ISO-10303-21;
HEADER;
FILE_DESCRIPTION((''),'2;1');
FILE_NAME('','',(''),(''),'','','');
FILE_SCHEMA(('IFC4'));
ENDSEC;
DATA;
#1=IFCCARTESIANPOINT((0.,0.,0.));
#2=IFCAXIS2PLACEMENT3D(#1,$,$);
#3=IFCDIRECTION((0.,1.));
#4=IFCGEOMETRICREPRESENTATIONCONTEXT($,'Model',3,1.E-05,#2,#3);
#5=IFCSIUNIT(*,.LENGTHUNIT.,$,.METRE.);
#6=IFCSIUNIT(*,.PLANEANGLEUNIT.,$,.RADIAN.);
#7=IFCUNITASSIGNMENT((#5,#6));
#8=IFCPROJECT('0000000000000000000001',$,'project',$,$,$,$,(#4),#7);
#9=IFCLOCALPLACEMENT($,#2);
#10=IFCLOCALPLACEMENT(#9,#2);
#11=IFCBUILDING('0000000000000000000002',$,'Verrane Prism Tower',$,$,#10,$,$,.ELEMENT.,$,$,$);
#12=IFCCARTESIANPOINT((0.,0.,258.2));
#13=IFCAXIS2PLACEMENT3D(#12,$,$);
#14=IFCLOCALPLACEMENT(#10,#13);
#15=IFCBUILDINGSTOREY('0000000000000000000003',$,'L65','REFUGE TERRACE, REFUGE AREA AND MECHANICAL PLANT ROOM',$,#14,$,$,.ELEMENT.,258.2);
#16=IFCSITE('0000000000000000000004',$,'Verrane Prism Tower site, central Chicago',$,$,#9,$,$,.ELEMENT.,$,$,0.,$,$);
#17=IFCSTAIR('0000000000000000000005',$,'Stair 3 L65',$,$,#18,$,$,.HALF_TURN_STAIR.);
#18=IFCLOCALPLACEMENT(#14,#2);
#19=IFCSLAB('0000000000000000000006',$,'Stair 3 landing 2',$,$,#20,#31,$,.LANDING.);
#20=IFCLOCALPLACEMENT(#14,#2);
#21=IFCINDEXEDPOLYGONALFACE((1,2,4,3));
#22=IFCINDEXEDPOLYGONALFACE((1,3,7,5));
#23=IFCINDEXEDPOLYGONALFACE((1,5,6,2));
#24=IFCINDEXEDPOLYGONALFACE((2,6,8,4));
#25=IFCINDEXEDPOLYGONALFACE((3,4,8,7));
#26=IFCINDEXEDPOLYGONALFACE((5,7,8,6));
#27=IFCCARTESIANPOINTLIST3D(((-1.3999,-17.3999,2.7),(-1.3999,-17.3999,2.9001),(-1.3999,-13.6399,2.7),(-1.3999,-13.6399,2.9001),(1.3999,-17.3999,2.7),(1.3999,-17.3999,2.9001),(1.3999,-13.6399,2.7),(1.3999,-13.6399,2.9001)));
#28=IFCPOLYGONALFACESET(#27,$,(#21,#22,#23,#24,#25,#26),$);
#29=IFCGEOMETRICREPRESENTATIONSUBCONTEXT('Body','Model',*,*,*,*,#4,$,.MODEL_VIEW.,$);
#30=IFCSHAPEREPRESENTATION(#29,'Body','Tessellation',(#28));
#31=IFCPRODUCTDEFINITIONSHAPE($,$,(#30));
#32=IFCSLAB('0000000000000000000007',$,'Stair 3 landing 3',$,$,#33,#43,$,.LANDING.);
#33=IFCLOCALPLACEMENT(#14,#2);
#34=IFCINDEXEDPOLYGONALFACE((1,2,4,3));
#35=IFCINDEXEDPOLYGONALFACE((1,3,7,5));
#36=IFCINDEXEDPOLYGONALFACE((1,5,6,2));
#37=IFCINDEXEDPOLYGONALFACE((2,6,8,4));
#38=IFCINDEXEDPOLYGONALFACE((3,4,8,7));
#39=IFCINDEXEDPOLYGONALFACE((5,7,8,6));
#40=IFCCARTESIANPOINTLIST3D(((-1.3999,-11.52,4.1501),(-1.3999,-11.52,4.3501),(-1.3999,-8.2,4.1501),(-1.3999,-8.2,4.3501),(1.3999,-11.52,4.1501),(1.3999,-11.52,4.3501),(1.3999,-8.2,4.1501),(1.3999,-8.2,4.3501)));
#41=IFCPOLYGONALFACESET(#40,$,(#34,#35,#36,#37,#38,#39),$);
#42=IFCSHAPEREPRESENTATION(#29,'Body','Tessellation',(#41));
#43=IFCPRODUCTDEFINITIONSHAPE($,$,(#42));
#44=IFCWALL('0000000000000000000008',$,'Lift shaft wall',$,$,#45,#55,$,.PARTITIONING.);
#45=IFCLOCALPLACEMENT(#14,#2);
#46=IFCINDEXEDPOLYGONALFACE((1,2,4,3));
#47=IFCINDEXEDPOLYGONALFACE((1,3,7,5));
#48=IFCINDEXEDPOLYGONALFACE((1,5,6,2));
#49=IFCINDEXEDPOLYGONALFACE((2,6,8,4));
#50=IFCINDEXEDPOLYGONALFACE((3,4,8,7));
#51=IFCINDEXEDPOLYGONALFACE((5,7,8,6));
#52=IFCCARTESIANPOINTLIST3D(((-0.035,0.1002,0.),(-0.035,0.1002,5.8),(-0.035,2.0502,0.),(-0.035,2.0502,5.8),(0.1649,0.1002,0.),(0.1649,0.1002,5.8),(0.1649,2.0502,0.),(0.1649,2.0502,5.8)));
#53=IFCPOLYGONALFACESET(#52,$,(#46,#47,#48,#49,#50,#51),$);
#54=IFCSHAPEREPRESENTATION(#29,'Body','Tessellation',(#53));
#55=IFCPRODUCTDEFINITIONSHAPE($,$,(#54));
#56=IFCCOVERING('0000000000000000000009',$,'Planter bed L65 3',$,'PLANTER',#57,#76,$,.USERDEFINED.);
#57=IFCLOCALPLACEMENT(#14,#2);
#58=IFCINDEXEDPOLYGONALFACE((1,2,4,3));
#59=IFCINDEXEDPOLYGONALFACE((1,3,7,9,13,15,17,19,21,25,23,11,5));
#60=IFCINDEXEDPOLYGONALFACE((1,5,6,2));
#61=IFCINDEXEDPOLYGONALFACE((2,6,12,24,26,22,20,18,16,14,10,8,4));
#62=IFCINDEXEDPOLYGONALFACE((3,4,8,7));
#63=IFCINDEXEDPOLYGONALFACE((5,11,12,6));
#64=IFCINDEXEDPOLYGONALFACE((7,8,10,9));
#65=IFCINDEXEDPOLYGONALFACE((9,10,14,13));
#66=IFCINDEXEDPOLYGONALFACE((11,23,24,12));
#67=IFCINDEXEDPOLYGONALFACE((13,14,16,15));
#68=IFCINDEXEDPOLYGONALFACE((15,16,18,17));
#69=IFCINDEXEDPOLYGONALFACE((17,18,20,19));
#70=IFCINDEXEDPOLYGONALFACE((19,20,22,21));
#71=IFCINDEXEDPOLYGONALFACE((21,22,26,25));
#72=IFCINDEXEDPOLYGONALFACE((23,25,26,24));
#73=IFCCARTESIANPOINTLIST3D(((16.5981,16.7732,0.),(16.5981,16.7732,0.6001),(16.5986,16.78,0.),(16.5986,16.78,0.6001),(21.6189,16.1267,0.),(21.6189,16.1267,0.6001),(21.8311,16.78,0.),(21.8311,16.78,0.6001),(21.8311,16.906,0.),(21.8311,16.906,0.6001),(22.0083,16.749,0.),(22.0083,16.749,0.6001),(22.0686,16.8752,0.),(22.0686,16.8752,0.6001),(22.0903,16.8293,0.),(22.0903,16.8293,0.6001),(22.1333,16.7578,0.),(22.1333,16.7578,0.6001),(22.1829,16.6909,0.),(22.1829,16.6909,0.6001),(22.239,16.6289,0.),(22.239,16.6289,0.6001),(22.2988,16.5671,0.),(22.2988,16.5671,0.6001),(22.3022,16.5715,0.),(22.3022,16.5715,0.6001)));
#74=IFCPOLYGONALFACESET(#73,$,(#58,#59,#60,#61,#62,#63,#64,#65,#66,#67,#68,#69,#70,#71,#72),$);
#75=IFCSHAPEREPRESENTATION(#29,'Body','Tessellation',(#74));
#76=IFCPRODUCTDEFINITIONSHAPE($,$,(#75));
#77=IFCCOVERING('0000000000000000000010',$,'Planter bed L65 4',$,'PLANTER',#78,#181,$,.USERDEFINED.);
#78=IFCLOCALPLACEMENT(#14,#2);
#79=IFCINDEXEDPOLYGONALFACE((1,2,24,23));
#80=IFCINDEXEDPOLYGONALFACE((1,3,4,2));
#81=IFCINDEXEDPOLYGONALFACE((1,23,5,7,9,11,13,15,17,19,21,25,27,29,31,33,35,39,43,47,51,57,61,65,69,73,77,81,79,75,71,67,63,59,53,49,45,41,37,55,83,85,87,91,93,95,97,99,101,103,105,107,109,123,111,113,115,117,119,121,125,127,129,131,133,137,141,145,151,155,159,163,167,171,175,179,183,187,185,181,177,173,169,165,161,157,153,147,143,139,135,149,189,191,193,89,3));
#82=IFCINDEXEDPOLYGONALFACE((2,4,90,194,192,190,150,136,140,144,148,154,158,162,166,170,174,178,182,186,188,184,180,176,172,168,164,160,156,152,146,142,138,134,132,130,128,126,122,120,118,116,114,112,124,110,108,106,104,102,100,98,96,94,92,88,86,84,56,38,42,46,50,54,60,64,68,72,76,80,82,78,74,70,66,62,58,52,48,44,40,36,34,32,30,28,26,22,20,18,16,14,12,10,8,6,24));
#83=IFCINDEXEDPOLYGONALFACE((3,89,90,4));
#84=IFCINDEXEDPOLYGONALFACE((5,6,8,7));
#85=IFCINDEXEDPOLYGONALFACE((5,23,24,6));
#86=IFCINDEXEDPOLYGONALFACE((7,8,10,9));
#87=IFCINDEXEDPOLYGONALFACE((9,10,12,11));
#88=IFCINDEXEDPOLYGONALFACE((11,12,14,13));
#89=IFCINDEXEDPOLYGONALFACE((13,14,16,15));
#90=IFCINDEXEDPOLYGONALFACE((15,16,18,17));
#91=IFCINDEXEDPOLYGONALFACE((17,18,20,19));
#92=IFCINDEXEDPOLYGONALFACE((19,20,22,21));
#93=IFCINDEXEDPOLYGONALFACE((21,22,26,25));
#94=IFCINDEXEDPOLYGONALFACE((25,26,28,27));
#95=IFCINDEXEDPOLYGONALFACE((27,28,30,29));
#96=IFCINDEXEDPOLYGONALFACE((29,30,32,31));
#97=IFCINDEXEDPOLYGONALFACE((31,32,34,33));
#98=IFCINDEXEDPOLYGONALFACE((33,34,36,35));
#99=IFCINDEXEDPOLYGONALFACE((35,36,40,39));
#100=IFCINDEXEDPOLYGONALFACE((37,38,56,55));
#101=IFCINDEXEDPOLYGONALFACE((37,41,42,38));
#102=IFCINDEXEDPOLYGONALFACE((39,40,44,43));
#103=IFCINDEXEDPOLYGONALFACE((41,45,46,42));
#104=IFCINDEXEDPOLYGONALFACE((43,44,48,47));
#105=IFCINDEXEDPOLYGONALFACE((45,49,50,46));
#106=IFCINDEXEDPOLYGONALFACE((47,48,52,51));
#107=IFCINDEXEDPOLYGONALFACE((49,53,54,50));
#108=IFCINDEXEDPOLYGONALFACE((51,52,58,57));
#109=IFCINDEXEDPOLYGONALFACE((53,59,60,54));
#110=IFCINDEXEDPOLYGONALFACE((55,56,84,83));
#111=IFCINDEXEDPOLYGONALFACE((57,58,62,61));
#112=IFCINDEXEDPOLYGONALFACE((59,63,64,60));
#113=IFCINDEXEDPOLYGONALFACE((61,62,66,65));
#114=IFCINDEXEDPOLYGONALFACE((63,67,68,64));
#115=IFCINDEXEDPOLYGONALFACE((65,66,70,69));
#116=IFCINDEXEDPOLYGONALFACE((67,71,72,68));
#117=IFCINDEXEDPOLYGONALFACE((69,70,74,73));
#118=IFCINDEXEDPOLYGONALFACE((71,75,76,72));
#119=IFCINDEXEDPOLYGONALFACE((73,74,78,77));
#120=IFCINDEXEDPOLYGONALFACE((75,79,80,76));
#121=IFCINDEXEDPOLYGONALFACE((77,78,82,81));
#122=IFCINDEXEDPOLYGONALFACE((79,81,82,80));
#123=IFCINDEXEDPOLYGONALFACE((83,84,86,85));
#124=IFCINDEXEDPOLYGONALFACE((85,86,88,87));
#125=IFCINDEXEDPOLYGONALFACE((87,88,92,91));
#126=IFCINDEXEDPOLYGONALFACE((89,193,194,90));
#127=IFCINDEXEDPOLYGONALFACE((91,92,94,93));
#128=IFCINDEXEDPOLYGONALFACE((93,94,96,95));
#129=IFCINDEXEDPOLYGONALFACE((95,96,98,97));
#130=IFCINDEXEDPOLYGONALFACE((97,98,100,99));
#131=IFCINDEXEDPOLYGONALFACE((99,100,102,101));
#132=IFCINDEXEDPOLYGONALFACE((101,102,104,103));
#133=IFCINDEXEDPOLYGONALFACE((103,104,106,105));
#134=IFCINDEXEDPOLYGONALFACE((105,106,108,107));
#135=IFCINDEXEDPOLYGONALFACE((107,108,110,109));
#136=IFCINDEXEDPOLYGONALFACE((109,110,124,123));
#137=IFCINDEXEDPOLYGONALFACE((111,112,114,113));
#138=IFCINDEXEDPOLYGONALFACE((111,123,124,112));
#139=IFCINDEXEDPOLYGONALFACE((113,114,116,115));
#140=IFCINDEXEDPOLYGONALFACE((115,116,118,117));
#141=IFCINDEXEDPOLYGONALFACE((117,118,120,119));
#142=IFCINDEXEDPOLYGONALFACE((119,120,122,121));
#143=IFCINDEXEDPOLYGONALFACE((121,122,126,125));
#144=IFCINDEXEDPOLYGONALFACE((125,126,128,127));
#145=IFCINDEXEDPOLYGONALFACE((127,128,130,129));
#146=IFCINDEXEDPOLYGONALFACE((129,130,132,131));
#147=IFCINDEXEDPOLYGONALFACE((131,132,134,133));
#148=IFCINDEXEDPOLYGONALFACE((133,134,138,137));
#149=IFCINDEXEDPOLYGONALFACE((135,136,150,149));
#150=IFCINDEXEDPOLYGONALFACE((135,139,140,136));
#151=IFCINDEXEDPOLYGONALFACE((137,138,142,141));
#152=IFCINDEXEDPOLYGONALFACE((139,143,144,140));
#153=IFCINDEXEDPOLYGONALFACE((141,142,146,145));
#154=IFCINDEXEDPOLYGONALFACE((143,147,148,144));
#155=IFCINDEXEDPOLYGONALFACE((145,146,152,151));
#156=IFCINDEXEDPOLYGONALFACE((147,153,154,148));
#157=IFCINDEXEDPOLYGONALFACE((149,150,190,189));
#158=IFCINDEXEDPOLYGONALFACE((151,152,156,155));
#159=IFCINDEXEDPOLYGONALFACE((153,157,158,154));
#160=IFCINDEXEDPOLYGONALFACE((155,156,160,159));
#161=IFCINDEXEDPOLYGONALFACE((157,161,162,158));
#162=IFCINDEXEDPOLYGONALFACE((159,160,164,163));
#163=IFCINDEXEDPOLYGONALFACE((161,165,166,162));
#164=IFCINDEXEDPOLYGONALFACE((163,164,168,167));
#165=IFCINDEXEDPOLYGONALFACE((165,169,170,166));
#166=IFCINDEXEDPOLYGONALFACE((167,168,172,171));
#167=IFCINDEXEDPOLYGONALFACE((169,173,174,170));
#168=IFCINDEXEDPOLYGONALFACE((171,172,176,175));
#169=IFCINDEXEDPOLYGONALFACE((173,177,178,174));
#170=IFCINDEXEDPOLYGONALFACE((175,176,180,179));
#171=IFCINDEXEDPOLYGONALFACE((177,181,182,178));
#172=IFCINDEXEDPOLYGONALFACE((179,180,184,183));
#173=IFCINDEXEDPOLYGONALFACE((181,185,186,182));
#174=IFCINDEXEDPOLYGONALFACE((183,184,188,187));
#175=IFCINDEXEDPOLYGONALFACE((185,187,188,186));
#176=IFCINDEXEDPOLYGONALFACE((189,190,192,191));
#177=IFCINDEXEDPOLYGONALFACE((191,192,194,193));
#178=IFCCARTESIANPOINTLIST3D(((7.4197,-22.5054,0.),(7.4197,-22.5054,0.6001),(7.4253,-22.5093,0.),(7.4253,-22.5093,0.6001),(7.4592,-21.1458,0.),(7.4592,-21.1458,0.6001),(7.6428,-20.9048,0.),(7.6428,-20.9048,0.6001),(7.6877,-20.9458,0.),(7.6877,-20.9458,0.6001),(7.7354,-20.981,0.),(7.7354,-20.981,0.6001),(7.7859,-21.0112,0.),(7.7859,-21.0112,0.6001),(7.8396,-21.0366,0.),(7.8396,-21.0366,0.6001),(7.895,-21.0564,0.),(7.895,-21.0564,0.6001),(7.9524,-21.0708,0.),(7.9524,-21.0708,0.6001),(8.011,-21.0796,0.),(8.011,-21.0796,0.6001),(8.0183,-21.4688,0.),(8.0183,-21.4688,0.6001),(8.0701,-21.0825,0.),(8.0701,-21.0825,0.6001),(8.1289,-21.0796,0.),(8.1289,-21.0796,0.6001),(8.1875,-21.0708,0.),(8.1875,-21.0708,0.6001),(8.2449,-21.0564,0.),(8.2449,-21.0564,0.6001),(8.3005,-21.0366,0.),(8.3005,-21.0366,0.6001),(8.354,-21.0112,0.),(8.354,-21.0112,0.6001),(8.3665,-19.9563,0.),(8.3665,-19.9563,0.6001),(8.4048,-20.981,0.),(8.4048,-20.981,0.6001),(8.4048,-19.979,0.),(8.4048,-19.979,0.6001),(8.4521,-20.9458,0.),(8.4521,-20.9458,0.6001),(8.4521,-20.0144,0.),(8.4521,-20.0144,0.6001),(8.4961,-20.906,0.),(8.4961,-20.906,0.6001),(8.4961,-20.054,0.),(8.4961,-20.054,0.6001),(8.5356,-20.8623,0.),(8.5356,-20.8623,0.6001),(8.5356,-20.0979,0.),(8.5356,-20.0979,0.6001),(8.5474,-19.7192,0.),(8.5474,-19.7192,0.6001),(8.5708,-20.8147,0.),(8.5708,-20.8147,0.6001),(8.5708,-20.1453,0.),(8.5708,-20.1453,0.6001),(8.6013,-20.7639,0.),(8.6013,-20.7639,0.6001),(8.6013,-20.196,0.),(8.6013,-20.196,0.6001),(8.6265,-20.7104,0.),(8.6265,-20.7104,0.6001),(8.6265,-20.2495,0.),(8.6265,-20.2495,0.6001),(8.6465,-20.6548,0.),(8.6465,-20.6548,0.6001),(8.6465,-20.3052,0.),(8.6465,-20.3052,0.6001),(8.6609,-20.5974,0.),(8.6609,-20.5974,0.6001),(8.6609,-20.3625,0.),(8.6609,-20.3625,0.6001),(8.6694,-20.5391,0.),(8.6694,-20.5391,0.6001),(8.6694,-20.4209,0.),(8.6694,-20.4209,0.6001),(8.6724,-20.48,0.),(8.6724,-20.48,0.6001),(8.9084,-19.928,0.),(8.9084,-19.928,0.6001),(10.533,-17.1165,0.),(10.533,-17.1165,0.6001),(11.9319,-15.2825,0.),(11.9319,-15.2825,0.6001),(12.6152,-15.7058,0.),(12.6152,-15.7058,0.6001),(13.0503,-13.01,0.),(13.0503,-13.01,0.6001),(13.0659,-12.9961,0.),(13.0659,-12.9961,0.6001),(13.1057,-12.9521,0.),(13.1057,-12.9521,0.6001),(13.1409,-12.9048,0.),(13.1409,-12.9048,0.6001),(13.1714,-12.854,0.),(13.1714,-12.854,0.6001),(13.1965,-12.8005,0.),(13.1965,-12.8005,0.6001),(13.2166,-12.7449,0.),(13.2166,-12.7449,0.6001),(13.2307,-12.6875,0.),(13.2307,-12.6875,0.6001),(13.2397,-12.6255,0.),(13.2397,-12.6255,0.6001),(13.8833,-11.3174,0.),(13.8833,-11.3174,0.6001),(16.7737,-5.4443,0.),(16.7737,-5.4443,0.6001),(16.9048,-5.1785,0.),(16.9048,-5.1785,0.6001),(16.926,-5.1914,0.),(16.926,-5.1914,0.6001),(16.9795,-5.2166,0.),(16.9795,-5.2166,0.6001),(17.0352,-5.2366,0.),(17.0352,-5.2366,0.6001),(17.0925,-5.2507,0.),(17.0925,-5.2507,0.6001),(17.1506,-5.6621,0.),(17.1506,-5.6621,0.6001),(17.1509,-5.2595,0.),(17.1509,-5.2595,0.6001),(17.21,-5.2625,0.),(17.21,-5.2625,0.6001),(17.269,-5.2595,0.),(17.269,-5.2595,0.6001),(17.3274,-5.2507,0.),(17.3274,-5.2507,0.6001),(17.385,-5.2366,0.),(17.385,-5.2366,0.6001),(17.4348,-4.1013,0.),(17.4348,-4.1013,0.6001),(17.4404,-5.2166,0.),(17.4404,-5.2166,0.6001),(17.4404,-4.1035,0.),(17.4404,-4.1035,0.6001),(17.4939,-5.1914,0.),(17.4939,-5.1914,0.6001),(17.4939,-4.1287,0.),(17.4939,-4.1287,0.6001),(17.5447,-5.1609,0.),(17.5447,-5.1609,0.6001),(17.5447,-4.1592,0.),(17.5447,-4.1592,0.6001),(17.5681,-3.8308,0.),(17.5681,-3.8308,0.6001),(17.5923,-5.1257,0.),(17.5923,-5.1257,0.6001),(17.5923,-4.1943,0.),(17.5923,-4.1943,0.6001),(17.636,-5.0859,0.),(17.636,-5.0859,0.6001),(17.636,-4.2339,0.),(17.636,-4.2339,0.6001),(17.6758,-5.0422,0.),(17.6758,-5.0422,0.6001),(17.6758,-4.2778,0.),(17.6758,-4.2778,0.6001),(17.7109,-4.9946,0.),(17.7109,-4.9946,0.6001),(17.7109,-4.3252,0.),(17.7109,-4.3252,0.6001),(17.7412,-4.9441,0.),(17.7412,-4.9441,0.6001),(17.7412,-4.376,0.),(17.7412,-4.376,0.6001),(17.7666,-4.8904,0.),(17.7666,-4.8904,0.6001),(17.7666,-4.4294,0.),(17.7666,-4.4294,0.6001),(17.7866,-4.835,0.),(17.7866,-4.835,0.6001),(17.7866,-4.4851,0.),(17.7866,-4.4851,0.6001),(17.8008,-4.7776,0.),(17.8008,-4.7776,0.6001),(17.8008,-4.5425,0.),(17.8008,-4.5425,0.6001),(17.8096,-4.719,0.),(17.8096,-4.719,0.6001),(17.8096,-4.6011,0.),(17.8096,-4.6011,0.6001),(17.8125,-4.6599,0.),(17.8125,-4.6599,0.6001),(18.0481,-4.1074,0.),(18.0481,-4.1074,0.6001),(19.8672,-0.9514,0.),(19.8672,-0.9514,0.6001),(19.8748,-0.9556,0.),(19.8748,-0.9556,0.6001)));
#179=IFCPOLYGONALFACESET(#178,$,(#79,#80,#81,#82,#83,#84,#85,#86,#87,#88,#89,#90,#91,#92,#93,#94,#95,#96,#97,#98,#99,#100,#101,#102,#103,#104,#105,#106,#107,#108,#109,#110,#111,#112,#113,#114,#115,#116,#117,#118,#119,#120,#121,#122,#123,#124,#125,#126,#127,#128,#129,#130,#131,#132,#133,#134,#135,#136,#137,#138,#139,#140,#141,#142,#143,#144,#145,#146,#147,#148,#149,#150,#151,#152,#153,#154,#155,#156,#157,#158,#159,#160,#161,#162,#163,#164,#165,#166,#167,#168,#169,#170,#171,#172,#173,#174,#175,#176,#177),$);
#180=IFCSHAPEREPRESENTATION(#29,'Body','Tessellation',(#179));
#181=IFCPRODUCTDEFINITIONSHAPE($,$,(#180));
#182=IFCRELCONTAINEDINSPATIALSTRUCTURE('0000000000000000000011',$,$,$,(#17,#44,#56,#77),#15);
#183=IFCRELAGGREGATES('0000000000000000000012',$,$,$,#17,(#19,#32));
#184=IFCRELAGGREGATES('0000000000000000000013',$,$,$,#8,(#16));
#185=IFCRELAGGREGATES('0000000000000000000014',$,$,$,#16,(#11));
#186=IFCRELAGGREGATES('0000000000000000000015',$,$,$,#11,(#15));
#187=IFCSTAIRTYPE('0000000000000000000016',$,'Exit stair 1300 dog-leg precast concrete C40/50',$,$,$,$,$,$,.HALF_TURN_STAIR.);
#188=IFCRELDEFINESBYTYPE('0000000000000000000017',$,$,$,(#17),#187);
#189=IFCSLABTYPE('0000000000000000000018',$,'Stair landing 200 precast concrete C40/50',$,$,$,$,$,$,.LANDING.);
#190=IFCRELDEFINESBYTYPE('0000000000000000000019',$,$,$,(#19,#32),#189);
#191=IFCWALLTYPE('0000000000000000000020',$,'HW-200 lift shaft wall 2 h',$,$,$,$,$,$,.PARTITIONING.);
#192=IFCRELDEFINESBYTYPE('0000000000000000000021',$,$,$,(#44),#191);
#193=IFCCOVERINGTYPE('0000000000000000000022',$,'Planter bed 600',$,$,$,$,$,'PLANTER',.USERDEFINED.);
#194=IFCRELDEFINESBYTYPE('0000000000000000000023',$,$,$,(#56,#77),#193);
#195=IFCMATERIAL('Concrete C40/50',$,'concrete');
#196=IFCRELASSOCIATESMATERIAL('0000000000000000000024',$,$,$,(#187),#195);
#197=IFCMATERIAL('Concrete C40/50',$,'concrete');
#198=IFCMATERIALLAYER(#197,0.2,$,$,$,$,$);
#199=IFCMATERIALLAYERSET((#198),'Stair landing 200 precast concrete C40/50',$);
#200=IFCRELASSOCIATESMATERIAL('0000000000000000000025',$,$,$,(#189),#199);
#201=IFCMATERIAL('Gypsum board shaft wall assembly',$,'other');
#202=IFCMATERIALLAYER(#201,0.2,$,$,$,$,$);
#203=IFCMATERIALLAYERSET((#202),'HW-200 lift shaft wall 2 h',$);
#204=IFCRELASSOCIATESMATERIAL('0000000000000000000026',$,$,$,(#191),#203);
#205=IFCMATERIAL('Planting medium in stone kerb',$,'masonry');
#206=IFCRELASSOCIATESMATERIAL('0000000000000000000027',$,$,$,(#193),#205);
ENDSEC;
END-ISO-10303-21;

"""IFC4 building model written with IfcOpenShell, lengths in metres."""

from ifc_helpers import new_model, si_unit, direction, frame, frame_2d, origin, place, context, subcontext, project, spatial, polyline, rectangle, outline, extrude, material, layer, layer_set, type_object, element, aggregate, save


model = new_model("IFC4")

# Units and contexts
model_context = context("Model", 3, precision=1e-05, world=origin(), true_north=direction((0.0, 1.0)))
body_context = subcontext(model_context, "Body", "Model", "MODEL_VIEW")
ifc_project = project(units=[si_unit("LENGTHUNIT", "METRE"), si_unit("PLANEANGLEUNIT", "RADIAN")], contexts=[model_context])

# Site, building, storey
site_placement = place(None, origin())
site = spatial("IfcSite", under=ifc_project, at=site_placement, Name="Verrane Prism Tower site, central Chicago", CompositionType="ELEMENT", RefElevation=0.0)
building_placement = place(site_placement, origin())
building = spatial("IfcBuilding", under=site, at=building_placement, Name="Verrane Prism Tower", CompositionType="ELEMENT")
storey_placement = place(building_placement, frame((0.0, 0.0, 258.2)))
storey = spatial("IfcBuildingStorey", under=building, at=storey_placement, Name="L65", Description="REFUGE TERRACE, REFUGE AREA AND MECHANICAL PLANT ROOM", CompositionType="ELEMENT", Elevation=258.2)

# Stair, slabs
ifc_material_1 = material(Name="Concrete C40/50", Category="concrete")
stair_type = type_object("IfcStairType", Name="Exit stair 1300 dog-leg precast concrete C40/50", PredefinedType="HALF_TURN_STAIR", material=ifc_material_1)
ifc_material_2 = material(Name="Concrete C40/50", Category="concrete")
ifc_layer_1 = layer(ifc_material_2, 0.2)
ifc_layer_set_1 = layer_set([ifc_layer_1], Name="Stair landing 200 precast concrete C40/50")
slab_type_1 = type_object("IfcSlabType", Name="Stair landing 200 precast concrete C40/50", PredefinedType="LANDING", material=ifc_layer_set_1)
stair_1_placement = place(storey_placement, origin())
stair_1 = element("IfcStair", 1, at=stair_1_placement, inside=storey, type_object=stair_type, Name="Stair 3 L65", PredefinedType="HALF_TURN_STAIR")
slab_1_placement = place(storey_placement, frame((0.0, 0.0, 2.7)))
slab_1 = element("IfcSlab", 2, at=slab_1_placement, type_object=slab_type_1, Name="Stair 3 landing 2", PredefinedType="LANDING", context=body_context, shape_type="SweptSolid", body=[
    extrude(outline(polyline([(1.3999, -17.3999), (1.3999, -13.6399), (-1.3999, -13.6399), (-1.3999, -17.3999), (1.3999, -17.3999)])), origin(), (0.0, 0.0, 1.0), 0.2002),
])
slab_2_placement = place(storey_placement, frame((0.0, 0.0, 4.1501)))
slab_2 = element("IfcSlab", 3, at=slab_2_placement, type_object=slab_type_1, Name="Stair 3 landing 3", PredefinedType="LANDING", context=body_context, shape_type="SweptSolid", body=[
    extrude(outline(polyline([(1.3999, -11.52), (1.3999, -8.2), (-1.3999, -8.2), (-1.3999, -11.52), (1.3999, -11.52)])), origin(), (0.0, 0.0, 1.0), 0.2),
])
aggregate(stair_1, [slab_1, slab_2])

# Wall
ifc_material_3 = material(Name="Gypsum board shaft wall assembly", Category="other")
ifc_layer_2 = layer(ifc_material_3, 0.2)
ifc_layer_set_2 = layer_set([ifc_layer_2], Name="HW-200 lift shaft wall 2 h")
wall_type = type_object("IfcWallType", Name="HW-200 lift shaft wall 2 h", PredefinedType="PARTITIONING", material=ifc_layer_set_2)
wall_placement = place(storey_placement, frame((0.0649, 0.1001, 0.0), z_axis=(0.0, 0.0, 1.0), x_axis=(0.0, 1.0, 0.0)))
element("IfcWall", 4, at=wall_placement, inside=storey, type_object=wall_type, Name="Lift shaft wall", PredefinedType="PARTITIONING", context=body_context, shape_type="SweptSolid", body=[
    extrude(rectangle(XDim=1.95, YDim=0.2, at=frame_2d((0.9751, 0.0))), origin(), (0.0, 0.0, 1.0), 5.8),
])

# Coverings
ifc_material_4 = material(Name="Planting medium in stone kerb", Category="masonry")
covering_type_1 = type_object("IfcCoveringType", Name="Planter bed 600", ElementType="PLANTER", PredefinedType="USERDEFINED", material=ifc_material_4)
covering_1_placement = place(storey_placement, origin())
element("IfcCovering", 5, at=covering_1_placement, inside=storey, type_object=covering_type_1, Name="Planter bed L65 3", ObjectType="PLANTER", PredefinedType="USERDEFINED", context=body_context, shape_type="SweptSolid", body=[
    extrude(outline(polyline([(21.8311, 16.906), (21.8311, 16.78), (16.5986, 16.78), (16.5981, 16.7732), (21.6189, 16.1267), (22.0083, 16.749), (22.2988, 16.5671), (22.3022, 16.5715), (22.239, 16.6289), (22.1829, 16.6909), (22.1333, 16.7578), (22.0903, 16.8293), (22.0686, 16.8752), (21.8311, 16.906)])), origin(), (0.0, 0.0, 1.0), 0.6001),
])
covering_2_placement = place(storey_placement, origin())
element("IfcCovering", 6, at=covering_2_placement, inside=storey, type_object=covering_type_1, Name="Planter bed L65 4", ObjectType="PLANTER", PredefinedType="USERDEFINED", context=body_context, shape_type="SweptSolid", body=[
    extrude(outline(polyline([(7.4592, -21.1458), (8.0183, -21.4688), (7.4197, -22.5054), (7.4253, -22.5093), (12.6152, -15.7058), (19.8748, -0.9556), (19.8672, -0.9514), (18.0481, -4.1074), (17.5681, -3.8308), (17.4348, -4.1013), (17.4404, -4.1035), (17.4939, -4.1287), (17.5447, -4.1592), (17.5923, -4.1943), (17.636, -4.2339), (17.6758, -4.2778), (17.7109, -4.3252), (17.7412, -4.376), (17.7666, -4.4294), (17.7866, -4.4851), (17.8008, -4.5425), (17.8096, -4.6011), (17.8125, -4.6599), (17.8096, -4.719), (17.8008, -4.7776), (17.7866, -4.835), (17.7666, -4.8904), (17.7412, -4.9441), (17.7109, -4.9946), (17.6758, -5.0422), (17.636, -5.0859), (17.5923, -5.1257), (17.5447, -5.1609), (17.4939, -5.1914), (17.4404, -5.2166), (17.385, -5.2366), (17.3274, -5.2507), (17.269, -5.2595), (17.21, -5.2625), (17.1509, -5.2595), (17.0925, -5.2507), (17.0352, -5.2366), (16.9795, -5.2166), (16.926, -5.1914), (16.9048, -5.1785), (16.7737, -5.4443), (17.1506, -5.6621), (13.8833, -11.3174), (13.2397, -12.6255), (13.2307, -12.6875), (13.2166, -12.7449), (13.1965, -12.8005), (13.1714, -12.854), (13.1409, -12.9048), (13.1057, -12.9521), (13.0659, -12.9961), (13.0503, -13.01), (11.9319, -15.2825), (10.533, -17.1165), (8.9084, -19.928), (8.5474, -19.7192), (8.3665, -19.9563), (8.4048, -19.979), (8.4521, -20.0144), (8.4961, -20.054), (8.5356, -20.0979), (8.5708, -20.1453), (8.6013, -20.196), (8.6265, -20.2495), (8.6465, -20.3052), (8.6609, -20.3625), (8.6694, -20.4209), (8.6724, -20.48), (8.6694, -20.5391), (8.6609, -20.5974), (8.6465, -20.6548), (8.6265, -20.7104), (8.6013, -20.7639), (8.5708, -20.8147), (8.5356, -20.8623), (8.4961, -20.906), (8.4521, -20.9458), (8.4048, -20.981), (8.354, -21.0112), (8.3005, -21.0366), (8.2449, -21.0564), (8.1875, -21.0708), (8.1289, -21.0796), (8.0701, -21.0825), (8.011, -21.0796), (7.9524, -21.0708), (7.895, -21.0564), (7.8396, -21.0366), (7.7859, -21.0112), (7.7354, -20.981), (7.6877, -20.9458), (7.6428, -20.9048), (7.4592, -21.1458)])), origin(), (0.0, 0.0, 1.0), 0.6001),
])

save(model, "model.ifc")
